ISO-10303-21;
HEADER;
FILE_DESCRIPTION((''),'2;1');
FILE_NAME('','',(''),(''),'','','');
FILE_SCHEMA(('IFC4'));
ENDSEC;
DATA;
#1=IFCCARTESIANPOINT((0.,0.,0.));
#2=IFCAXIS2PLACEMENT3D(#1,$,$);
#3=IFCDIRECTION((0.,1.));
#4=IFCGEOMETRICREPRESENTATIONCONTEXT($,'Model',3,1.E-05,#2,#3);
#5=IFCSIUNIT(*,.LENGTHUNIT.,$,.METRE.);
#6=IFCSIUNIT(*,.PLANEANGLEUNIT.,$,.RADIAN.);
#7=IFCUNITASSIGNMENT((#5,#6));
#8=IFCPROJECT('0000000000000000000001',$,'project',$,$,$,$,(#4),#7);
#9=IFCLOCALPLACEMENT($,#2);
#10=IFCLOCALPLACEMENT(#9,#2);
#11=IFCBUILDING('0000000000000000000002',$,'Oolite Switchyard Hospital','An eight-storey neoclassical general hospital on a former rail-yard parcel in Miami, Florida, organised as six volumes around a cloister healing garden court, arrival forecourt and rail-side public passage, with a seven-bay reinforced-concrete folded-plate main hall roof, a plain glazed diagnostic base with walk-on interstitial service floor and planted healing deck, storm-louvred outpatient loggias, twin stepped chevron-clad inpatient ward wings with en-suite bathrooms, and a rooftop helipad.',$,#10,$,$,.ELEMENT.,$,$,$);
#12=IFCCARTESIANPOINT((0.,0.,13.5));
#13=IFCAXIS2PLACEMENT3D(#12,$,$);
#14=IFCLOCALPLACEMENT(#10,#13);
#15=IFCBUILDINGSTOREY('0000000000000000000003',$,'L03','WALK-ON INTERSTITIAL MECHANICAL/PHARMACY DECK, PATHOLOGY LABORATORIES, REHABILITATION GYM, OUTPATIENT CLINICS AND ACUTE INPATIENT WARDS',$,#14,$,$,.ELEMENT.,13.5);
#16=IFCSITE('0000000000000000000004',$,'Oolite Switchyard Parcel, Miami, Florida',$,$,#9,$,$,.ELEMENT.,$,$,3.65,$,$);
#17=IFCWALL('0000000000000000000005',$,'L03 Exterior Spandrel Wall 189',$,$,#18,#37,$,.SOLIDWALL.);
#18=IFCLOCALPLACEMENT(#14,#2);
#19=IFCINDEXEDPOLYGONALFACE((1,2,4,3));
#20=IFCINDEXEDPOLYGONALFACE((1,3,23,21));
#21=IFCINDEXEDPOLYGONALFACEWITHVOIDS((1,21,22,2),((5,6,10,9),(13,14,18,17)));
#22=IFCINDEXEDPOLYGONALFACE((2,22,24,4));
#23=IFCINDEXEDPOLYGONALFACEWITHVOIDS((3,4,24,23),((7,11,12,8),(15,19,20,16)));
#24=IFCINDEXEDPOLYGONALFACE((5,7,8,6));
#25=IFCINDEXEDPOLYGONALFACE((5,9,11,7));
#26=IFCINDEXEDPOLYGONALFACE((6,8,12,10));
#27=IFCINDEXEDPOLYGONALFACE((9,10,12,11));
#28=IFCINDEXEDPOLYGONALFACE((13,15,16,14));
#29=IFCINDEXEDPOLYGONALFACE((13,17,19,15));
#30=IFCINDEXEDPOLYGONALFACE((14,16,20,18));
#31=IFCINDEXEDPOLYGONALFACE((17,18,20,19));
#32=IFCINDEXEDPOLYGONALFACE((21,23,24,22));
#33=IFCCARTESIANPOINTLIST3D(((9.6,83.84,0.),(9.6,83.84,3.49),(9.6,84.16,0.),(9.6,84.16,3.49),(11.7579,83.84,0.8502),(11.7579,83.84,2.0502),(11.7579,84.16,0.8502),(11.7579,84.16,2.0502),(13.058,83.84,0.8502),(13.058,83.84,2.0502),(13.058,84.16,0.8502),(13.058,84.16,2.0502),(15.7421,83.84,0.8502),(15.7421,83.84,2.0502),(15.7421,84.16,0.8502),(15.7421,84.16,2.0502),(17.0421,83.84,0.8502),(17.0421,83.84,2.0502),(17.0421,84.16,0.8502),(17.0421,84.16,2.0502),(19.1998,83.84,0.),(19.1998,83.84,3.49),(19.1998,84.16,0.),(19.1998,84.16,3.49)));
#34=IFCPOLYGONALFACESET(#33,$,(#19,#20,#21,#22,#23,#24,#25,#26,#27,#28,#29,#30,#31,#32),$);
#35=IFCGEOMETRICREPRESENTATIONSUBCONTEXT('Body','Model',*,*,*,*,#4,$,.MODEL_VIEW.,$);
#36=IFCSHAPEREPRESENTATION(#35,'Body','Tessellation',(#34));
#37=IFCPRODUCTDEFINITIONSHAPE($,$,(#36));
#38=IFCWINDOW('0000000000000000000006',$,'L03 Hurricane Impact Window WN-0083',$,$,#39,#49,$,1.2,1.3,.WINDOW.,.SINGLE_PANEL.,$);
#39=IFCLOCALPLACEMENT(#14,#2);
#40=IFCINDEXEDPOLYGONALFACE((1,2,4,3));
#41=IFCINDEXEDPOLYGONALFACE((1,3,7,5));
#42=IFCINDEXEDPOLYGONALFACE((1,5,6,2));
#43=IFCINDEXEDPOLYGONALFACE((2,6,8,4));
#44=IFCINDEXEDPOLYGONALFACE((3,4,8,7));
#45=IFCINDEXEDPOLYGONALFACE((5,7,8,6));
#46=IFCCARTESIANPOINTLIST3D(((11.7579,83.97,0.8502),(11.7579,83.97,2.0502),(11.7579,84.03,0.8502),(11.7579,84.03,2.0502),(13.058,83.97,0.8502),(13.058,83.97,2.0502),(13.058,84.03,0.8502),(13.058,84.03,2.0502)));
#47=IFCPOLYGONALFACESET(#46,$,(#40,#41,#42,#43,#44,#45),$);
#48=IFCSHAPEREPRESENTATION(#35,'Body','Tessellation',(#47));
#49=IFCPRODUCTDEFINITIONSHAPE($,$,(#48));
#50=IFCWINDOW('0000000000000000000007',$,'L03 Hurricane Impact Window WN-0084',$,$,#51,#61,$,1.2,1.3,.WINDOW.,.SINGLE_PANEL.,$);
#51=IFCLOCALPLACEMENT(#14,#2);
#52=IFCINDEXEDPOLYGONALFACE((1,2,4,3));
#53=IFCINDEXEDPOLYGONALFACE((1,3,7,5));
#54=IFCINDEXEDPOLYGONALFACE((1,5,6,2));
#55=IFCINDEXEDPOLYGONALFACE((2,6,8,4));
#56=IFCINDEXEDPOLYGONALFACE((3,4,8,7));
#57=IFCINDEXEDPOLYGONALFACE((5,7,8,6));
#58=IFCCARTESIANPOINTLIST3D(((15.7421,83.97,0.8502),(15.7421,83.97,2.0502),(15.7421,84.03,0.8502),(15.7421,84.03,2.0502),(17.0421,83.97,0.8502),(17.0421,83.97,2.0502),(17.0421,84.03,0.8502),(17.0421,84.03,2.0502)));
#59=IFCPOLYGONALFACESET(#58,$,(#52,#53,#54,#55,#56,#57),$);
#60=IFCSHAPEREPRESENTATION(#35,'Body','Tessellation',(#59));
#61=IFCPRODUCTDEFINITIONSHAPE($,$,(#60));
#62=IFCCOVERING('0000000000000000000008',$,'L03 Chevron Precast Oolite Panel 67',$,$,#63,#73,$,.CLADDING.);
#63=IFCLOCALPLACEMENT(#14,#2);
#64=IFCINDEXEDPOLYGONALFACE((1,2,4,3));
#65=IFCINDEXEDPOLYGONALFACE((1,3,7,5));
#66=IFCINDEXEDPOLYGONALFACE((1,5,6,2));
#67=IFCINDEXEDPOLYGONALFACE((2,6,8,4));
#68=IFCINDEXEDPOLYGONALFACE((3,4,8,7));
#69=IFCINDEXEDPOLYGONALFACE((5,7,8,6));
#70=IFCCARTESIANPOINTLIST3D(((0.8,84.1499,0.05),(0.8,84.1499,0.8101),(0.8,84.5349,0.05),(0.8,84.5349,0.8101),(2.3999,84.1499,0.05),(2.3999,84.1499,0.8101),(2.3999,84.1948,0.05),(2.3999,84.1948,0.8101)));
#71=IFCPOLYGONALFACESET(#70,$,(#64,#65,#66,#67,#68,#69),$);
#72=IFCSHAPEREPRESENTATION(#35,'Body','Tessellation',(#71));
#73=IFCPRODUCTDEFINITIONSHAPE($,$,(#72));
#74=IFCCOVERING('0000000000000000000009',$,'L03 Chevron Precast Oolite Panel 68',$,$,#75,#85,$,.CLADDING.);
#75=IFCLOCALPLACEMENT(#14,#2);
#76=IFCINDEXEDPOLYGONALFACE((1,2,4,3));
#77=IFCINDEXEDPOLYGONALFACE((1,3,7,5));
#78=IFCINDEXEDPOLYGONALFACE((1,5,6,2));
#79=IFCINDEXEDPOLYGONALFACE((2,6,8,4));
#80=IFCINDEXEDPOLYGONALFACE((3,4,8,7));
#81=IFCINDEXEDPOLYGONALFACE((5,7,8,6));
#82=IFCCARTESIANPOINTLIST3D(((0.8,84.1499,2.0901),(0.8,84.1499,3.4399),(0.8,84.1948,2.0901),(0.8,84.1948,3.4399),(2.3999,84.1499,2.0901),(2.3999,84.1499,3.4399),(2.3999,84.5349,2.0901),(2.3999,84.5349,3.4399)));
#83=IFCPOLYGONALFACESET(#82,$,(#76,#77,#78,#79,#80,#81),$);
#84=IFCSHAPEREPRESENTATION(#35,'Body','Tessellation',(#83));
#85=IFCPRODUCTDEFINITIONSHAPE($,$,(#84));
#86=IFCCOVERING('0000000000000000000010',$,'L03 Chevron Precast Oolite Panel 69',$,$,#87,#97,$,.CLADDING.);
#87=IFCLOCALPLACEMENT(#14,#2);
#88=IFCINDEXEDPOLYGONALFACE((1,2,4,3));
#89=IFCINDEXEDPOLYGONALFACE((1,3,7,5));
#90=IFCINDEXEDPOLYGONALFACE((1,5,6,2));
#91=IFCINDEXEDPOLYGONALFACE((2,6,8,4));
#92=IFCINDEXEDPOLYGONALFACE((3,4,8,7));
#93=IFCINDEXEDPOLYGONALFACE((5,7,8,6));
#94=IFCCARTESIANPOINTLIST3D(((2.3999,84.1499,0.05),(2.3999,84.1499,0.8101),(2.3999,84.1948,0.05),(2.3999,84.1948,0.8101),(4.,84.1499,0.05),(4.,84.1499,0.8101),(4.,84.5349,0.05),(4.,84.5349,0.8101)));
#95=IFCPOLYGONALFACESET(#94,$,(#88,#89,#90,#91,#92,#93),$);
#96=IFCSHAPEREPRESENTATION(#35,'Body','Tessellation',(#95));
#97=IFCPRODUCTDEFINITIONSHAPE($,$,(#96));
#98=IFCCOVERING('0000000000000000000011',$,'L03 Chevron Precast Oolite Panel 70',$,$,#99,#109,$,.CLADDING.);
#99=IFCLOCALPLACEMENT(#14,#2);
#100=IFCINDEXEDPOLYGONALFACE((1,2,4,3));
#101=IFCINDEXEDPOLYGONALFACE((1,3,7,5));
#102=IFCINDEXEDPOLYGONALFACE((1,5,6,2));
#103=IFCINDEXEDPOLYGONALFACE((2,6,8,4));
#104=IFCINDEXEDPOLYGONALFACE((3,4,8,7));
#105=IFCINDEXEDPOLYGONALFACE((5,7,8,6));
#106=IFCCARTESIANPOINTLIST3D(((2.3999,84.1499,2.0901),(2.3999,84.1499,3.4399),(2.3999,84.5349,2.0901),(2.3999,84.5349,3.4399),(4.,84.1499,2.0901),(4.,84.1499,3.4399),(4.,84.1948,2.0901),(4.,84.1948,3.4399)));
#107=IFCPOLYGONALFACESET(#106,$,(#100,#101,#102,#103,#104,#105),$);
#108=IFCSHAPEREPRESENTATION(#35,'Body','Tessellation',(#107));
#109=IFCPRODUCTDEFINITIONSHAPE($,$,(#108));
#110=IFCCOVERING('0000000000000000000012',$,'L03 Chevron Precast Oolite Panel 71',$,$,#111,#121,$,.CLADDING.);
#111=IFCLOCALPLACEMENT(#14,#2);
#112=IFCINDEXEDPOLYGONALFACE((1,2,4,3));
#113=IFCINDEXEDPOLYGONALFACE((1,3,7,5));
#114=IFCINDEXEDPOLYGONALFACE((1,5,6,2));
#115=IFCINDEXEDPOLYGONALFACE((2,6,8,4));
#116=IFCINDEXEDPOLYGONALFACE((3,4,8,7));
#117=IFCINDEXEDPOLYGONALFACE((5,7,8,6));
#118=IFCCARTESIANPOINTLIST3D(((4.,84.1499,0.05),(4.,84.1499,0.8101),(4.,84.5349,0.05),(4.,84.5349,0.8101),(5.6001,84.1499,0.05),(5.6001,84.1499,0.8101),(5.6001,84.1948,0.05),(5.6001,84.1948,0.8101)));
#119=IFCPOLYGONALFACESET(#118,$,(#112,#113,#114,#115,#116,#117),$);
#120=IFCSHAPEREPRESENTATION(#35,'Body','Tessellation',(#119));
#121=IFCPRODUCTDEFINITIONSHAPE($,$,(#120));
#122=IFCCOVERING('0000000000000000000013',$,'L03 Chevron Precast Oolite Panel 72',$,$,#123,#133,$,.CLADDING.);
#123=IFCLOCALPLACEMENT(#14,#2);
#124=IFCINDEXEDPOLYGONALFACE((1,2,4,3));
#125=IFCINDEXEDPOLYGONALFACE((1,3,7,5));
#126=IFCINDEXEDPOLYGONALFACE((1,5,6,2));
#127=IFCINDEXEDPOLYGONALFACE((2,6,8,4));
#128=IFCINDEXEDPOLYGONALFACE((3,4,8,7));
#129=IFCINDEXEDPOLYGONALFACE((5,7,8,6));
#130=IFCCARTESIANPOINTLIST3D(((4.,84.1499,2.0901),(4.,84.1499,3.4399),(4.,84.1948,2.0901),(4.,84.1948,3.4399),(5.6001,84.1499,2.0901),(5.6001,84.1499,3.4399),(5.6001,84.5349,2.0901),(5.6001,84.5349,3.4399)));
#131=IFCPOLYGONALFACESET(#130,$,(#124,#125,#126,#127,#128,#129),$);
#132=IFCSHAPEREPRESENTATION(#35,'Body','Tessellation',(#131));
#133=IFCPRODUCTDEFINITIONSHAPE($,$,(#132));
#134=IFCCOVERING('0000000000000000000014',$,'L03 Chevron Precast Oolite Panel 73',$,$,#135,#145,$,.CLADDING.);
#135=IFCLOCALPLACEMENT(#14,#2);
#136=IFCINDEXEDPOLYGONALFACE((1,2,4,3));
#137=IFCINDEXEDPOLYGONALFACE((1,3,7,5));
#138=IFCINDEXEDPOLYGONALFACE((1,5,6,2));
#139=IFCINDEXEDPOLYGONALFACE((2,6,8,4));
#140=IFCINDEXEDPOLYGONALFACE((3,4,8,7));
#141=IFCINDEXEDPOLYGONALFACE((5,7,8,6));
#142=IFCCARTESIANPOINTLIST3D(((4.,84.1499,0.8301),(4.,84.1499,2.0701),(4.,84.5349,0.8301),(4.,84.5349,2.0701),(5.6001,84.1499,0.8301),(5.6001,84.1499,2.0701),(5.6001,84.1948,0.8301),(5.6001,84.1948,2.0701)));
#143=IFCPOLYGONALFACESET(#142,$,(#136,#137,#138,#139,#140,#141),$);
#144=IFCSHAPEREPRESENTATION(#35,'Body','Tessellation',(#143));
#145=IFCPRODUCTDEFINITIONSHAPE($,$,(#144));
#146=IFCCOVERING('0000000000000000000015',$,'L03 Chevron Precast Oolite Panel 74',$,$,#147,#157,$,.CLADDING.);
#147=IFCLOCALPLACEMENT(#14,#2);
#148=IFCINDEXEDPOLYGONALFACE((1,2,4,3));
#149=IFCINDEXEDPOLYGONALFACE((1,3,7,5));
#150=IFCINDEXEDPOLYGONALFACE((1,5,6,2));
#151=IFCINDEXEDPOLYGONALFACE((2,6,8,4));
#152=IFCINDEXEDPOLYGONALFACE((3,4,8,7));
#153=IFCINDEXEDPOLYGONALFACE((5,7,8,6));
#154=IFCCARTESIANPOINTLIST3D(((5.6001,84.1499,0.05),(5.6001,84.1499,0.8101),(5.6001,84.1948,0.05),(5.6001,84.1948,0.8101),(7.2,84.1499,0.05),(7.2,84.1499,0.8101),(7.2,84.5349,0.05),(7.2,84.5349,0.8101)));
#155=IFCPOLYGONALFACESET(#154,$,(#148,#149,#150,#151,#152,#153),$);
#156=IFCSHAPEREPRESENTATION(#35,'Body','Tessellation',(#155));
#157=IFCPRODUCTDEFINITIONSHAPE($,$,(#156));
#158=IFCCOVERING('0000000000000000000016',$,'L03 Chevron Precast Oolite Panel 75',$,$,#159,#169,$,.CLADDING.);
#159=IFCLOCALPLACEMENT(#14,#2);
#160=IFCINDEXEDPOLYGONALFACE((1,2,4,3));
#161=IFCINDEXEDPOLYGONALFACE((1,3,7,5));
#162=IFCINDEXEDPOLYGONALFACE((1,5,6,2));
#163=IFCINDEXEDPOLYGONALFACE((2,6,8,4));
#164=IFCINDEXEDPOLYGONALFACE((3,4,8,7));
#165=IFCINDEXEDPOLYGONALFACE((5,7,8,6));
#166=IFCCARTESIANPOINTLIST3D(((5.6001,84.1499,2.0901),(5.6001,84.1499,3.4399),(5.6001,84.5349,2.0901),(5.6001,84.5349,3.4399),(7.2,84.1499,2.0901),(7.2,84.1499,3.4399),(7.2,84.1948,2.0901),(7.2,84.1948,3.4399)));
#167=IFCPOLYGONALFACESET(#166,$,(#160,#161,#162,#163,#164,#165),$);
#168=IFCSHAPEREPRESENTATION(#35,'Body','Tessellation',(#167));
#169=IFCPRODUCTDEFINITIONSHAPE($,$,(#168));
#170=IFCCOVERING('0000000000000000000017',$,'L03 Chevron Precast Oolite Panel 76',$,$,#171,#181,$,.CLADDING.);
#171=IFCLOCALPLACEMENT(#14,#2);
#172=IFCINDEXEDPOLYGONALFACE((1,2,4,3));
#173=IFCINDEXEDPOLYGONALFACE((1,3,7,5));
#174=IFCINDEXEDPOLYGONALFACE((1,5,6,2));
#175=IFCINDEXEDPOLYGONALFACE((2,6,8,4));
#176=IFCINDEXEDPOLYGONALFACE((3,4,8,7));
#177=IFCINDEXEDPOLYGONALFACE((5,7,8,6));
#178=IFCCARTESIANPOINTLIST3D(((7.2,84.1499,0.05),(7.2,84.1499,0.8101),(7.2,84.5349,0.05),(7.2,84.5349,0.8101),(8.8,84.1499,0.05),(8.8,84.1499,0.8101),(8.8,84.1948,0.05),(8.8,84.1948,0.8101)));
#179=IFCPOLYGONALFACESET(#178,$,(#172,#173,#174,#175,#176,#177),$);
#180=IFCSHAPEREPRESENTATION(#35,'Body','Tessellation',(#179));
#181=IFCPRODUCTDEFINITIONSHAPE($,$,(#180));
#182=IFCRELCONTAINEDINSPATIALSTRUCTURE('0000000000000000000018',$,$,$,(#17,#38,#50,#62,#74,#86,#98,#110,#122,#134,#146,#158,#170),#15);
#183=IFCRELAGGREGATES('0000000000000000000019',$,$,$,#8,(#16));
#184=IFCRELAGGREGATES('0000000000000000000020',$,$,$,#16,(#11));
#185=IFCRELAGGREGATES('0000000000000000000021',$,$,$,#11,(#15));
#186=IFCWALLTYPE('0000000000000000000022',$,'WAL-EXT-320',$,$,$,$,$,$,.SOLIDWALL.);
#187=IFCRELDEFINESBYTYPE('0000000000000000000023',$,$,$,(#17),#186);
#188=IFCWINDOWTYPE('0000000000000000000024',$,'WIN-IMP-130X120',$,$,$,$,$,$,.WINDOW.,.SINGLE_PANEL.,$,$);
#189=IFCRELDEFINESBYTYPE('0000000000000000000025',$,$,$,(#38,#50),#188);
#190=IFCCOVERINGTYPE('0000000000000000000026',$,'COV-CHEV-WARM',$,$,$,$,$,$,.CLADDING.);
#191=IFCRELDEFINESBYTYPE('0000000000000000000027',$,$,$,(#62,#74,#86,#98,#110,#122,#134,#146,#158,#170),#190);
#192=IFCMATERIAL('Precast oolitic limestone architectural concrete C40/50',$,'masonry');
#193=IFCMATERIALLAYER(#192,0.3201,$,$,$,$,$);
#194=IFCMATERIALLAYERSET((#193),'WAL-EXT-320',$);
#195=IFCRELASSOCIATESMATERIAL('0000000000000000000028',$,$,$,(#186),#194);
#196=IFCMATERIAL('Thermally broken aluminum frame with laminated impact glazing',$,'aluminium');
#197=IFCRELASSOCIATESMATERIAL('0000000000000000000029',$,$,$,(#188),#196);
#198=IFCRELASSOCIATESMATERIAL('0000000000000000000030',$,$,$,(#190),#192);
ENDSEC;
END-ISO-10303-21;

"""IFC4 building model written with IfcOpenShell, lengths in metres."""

from ifc_helpers import new_model, si_unit, direction, frame, frame_2d, origin, place, context, subcontext, project, spatial, polyline, rectangle, outline, extrude, material, layer, layer_set, type_object, element, fill, save


model = new_model("IFC4")

# Units and contexts
model_context = context("Model", 3, precision=1e-05, world=origin(), true_north=direction((0.0, 1.0)))
body_context = subcontext(model_context, "Body", "Model", "MODEL_VIEW")
ifc_project = project(units=[si_unit("LENGTHUNIT", "METRE"), si_unit("PLANEANGLEUNIT", "RADIAN")], contexts=[model_context])

# Site, building, storey
site_placement = place(None, origin())
site = spatial("IfcSite", under=ifc_project, at=site_placement, Name="Oolite Switchyard Parcel, Miami, Florida", CompositionType="ELEMENT", RefElevation=3.65)
building_placement = place(site_placement, origin())
building = spatial("IfcBuilding", under=site, at=building_placement, Name="Oolite Switchyard Hospital", Description="An eight-storey neoclassical general hospital on a former rail-yard parcel in Miami, Florida, organised as six volumes around a cloister healing garden court, arrival forecourt and rail-side public passage, with a seven-bay reinforced-concrete folded-plate main hall roof, a plain glazed diagnostic base with walk-on interstitial service floor and planted healing deck, storm-louvred outpatient loggias, twin stepped chevron-clad inpatient ward wings with en-suite bathrooms, and a rooftop helipad.", CompositionType="ELEMENT")
storey_placement = place(building_placement, frame((0.0, 0.0, 13.5)))
storey = spatial("IfcBuildingStorey", under=building, at=storey_placement, Name="L03", Description="WALK-ON INTERSTITIAL MECHANICAL/PHARMACY DECK, PATHOLOGY LABORATORIES, REHABILITATION GYM, OUTPATIENT CLINICS AND ACUTE INPATIENT WARDS", CompositionType="ELEMENT", Elevation=13.5)

# Wall, openings, windows
ifc_material_1 = material(Name="Precast oolitic limestone architectural concrete C40/50", Category="masonry")
ifc_material_2 = material(Name="Thermally broken aluminum frame with laminated impact glazing", Category="aluminium")
ifc_layer_1 = layer(ifc_material_1, 0.3201)
ifc_layer_set_1 = layer_set([ifc_layer_1], Name="WAL-EXT-320")
wall_type_1 = type_object("IfcWallType", Name="WAL-EXT-320", PredefinedType="SOLIDWALL", material=ifc_layer_set_1)
wall_1_placement = place(storey_placement, frame((9.6001, 84.0, 0.0), z_axis=(0.0, 0.0, 1.0), x_axis=(1.0, 0.0, 0.0)))
wall_1 = element("IfcWall", 1, at=wall_1_placement, inside=storey, type_object=wall_type_1, Name="L03 Exterior Spandrel Wall 189", PredefinedType="SOLIDWALL", context=body_context, shape_type="SweptSolid", body=[
    extrude(rectangle(XDim=9.5999, YDim=0.3201, at=frame_2d((4.7998, 0.0))), origin(), (0.0, 0.0, 1.0), 3.49),
])
opening_1_placement = place(wall_1_placement, frame((2.158, 0.0, 0.8501)))
opening_1 = element("IfcOpeningElement", 2, at=opening_1_placement, cuts=wall_1, PredefinedType="OPENING", context=body_context, shape_type="SweptSolid", body=[
    extrude(rectangle(XDim=1.3, YDim=1.2, at=frame_2d((0.6499, 0.6001))), frame((0.0, 0.1699, 0.0), z_axis=(0.0, -1.0, 0.0), x_axis=(1.0, 0.0, 0.0)), (0.0, 0.0, 1.0), 0.3401),
])
opening_2_placement = place(wall_1_placement, frame((6.1421, 0.0, 0.8501)))
opening_2 = element("IfcOpeningElement", 3, at=opening_2_placement, cuts=wall_1, PredefinedType="OPENING", context=body_context, shape_type="SweptSolid", body=[
    extrude(rectangle(XDim=1.3, YDim=1.2, at=frame_2d((0.6499, 0.6001))), frame((0.0, 0.1699, 0.0), z_axis=(0.0, -1.0, 0.0), x_axis=(1.0, 0.0, 0.0)), (0.0, 0.0, 1.0), 0.3401),
])
window_type_1 = type_object("IfcWindowType", Name="WIN-IMP-130X120", PartitioningType="SINGLE_PANEL", PredefinedType="WINDOW", material=ifc_material_2)
window_1_placement = place(opening_1_placement, origin())
window_1 = element("IfcWindow", 4, at=window_1_placement, inside=storey, type_object=window_type_1, Name="L03 Hurricane Impact Window WN-0083", OverallHeight=1.2, OverallWidth=1.3, PartitioningType="SINGLE_PANEL", PredefinedType="WINDOW", context=body_context, shape_type="SweptSolid", body=[
    extrude(rectangle(XDim=1.3, YDim=1.2, at=frame_2d((0.6499, 0.6001))), frame((0.0, 0.03, 0.0), z_axis=(0.0, -1.0, 0.0), x_axis=(1.0, 0.0, 0.0)), (0.0, 0.0, 1.0), 0.0601),
])
fill(opening_1, window_1)
window_2_placement = place(opening_2_placement, origin())
window_2 = element("IfcWindow", 5, at=window_2_placement, inside=storey, type_object=window_type_1, Name="L03 Hurricane Impact Window WN-0084", OverallHeight=1.2, OverallWidth=1.3, PartitioningType="SINGLE_PANEL", PredefinedType="WINDOW", context=body_context, shape_type="SweptSolid", body=[
    extrude(rectangle(XDim=1.3, YDim=1.2, at=frame_2d((0.6499, 0.6001))), frame((0.0, 0.03, 0.0), z_axis=(0.0, -1.0, 0.0), x_axis=(1.0, 0.0, 0.0)), (0.0, 0.0, 1.0), 0.0601),
])
fill(opening_2, window_2)

# Coverings
covering_type = type_object("IfcCoveringType", Name="COV-CHEV-WARM", PredefinedType="CLADDING", material=ifc_material_1)
covering_1_placement = place(storey_placement, frame((0.8, 84.1499, 0.05), z_axis=(0.0, 0.0, 1.0), x_axis=(1.0, 0.0, 0.0)))
element("IfcCovering", 6, at=covering_1_placement, inside=storey, type_object=covering_type, Name="L03 Chevron Precast Oolite Panel 67", PredefinedType="CLADDING", context=body_context, shape_type="SweptSolid", body=[
    extrude(outline(polyline([(0.0, 0.0), (1.5999, 0.0), (1.5999, 0.0449), (0.0, 0.385), (0.0, 0.0)])), origin(), (0.0, 0.0, 1.0), 0.76),
])
covering_2_placement = place(storey_placement, frame((0.8, 84.1499, 2.0901), z_axis=(0.0, 0.0, 1.0), x_axis=(1.0, 0.0, 0.0)))
element("IfcCovering", 7, at=covering_2_placement, inside=storey, type_object=covering_type, Name="L03 Chevron Precast Oolite Panel 68", PredefinedType="CLADDING", context=body_context, shape_type="SweptSolid", body=[
    extrude(outline(polyline([(0.0, 0.0), (1.5999, 0.0), (1.5999, 0.385), (0.0, 0.0449), (0.0, 0.0)])), origin(), (0.0, 0.0, 1.0), 1.3499),
])
covering_3_placement = place(storey_placement, frame((2.3999, 84.1499, 0.05), z_axis=(0.0, 0.0, 1.0), x_axis=(1.0, 0.0, 0.0)))
element("IfcCovering", 8, at=covering_3_placement, inside=storey, type_object=covering_type, Name="L03 Chevron Precast Oolite Panel 69", PredefinedType="CLADDING", context=body_context, shape_type="SweptSolid", body=[
    extrude(outline(polyline([(0.0, 0.0), (1.6001, 0.0), (1.6001, 0.385), (0.0, 0.0449), (0.0, 0.0)])), origin(), (0.0, 0.0, 1.0), 0.76),
])
covering_4_placement = place(storey_placement, frame((2.3999, 84.1499, 2.0901), z_axis=(0.0, 0.0, 1.0), x_axis=(1.0, 0.0, 0.0)))
element("IfcCovering", 9, at=covering_4_placement, inside=storey, type_object=covering_type, Name="L03 Chevron Precast Oolite Panel 70", PredefinedType="CLADDING", context=body_context, shape_type="SweptSolid", body=[
    extrude(outline(polyline([(0.0, 0.0), (1.6001, 0.0), (1.6001, 0.0449), (0.0, 0.385), (0.0, 0.0)])), origin(), (0.0, 0.0, 1.0), 1.3499),
])
covering_5_placement = place(storey_placement, frame((4.0, 84.1499, 0.05), z_axis=(0.0, 0.0, 1.0), x_axis=(1.0, 0.0, 0.0)))
element("IfcCovering", 10, at=covering_5_placement, inside=storey, type_object=covering_type, Name="L03 Chevron Precast Oolite Panel 71", PredefinedType="CLADDING", context=body_context, shape_type="SweptSolid", body=[
    extrude(outline(polyline([(0.0, 0.0), (1.6001, 0.0), (1.6001, 0.0449), (0.0, 0.385), (0.0, 0.0)])), origin(), (0.0, 0.0, 1.0), 0.76),
])
covering_6_placement = place(storey_placement, frame((4.0, 84.1499, 2.0901), z_axis=(0.0, 0.0, 1.0), x_axis=(1.0, 0.0, 0.0)))
element("IfcCovering", 11, at=covering_6_placement, inside=storey, type_object=covering_type, Name="L03 Chevron Precast Oolite Panel 72", PredefinedType="CLADDING", context=body_context, shape_type="SweptSolid", body=[
    extrude(outline(polyline([(0.0, 0.0), (1.6001, 0.0), (1.6001, 0.385), (0.0, 0.0449), (0.0, 0.0)])), origin(), (0.0, 0.0, 1.0), 1.3499),
])
covering_7_placement = place(storey_placement, frame((4.0, 84.1499, 0.8301), z_axis=(0.0, 0.0, 1.0), x_axis=(1.0, 0.0, 0.0)))
element("IfcCovering", 12, at=covering_7_placement, inside=storey, type_object=covering_type, Name="L03 Chevron Precast Oolite Panel 73", PredefinedType="CLADDING", context=body_context, shape_type="SweptSolid", body=[
    extrude(outline(polyline([(0.0, 0.0), (1.6001, 0.0), (1.6001, 0.0449), (0.0, 0.385), (0.0, 0.0)])), origin(), (0.0, 0.0, 1.0), 1.24),
])
covering_8_placement = place(storey_placement, frame((5.6001, 84.1499, 0.05), z_axis=(0.0, 0.0, 1.0), x_axis=(1.0, 0.0, 0.0)))
element("IfcCovering", 13, at=covering_8_placement, inside=storey, type_object=covering_type, Name="L03 Chevron Precast Oolite Panel 74", PredefinedType="CLADDING", context=body_context, shape_type="SweptSolid", body=[
    extrude(outline(polyline([(0.0, 0.0), (1.5999, 0.0), (1.5999, 0.385), (0.0, 0.0449), (0.0, 0.0)])), origin(), (0.0, 0.0, 1.0), 0.76),
])
covering_9_placement = place(storey_placement, frame((5.6001, 84.1499, 2.0901), z_axis=(0.0, 0.0, 1.0), x_axis=(1.0, 0.0, 0.0)))
element("IfcCovering", 14, at=covering_9_placement, inside=storey, type_object=covering_type, Name="L03 Chevron Precast Oolite Panel 75", PredefinedType="CLADDING", context=body_context, shape_type="SweptSolid", body=[
    extrude(outline(polyline([(0.0, 0.0), (1.5999, 0.0), (1.5999, 0.0449), (0.0, 0.385), (0.0, 0.0)])), origin(), (0.0, 0.0, 1.0), 1.3499),
])
covering_10_placement = place(storey_placement, frame((7.2, 84.1499, 0.05), z_axis=(0.0, 0.0, 1.0), x_axis=(1.0, 0.0, 0.0)))
element("IfcCovering", 15, at=covering_10_placement, inside=storey, type_object=covering_type, Name="L03 Chevron Precast Oolite Panel 76", PredefinedType="CLADDING", context=body_context, shape_type="SweptSolid", body=[
    extrude(outline(polyline([(0.0, 0.0), (1.6001, 0.0), (1.6001, 0.0449), (0.0, 0.385), (0.0, 0.0)])), origin(), (0.0, 0.0, 1.0), 0.76),
])

save(model, "model.ifc")
